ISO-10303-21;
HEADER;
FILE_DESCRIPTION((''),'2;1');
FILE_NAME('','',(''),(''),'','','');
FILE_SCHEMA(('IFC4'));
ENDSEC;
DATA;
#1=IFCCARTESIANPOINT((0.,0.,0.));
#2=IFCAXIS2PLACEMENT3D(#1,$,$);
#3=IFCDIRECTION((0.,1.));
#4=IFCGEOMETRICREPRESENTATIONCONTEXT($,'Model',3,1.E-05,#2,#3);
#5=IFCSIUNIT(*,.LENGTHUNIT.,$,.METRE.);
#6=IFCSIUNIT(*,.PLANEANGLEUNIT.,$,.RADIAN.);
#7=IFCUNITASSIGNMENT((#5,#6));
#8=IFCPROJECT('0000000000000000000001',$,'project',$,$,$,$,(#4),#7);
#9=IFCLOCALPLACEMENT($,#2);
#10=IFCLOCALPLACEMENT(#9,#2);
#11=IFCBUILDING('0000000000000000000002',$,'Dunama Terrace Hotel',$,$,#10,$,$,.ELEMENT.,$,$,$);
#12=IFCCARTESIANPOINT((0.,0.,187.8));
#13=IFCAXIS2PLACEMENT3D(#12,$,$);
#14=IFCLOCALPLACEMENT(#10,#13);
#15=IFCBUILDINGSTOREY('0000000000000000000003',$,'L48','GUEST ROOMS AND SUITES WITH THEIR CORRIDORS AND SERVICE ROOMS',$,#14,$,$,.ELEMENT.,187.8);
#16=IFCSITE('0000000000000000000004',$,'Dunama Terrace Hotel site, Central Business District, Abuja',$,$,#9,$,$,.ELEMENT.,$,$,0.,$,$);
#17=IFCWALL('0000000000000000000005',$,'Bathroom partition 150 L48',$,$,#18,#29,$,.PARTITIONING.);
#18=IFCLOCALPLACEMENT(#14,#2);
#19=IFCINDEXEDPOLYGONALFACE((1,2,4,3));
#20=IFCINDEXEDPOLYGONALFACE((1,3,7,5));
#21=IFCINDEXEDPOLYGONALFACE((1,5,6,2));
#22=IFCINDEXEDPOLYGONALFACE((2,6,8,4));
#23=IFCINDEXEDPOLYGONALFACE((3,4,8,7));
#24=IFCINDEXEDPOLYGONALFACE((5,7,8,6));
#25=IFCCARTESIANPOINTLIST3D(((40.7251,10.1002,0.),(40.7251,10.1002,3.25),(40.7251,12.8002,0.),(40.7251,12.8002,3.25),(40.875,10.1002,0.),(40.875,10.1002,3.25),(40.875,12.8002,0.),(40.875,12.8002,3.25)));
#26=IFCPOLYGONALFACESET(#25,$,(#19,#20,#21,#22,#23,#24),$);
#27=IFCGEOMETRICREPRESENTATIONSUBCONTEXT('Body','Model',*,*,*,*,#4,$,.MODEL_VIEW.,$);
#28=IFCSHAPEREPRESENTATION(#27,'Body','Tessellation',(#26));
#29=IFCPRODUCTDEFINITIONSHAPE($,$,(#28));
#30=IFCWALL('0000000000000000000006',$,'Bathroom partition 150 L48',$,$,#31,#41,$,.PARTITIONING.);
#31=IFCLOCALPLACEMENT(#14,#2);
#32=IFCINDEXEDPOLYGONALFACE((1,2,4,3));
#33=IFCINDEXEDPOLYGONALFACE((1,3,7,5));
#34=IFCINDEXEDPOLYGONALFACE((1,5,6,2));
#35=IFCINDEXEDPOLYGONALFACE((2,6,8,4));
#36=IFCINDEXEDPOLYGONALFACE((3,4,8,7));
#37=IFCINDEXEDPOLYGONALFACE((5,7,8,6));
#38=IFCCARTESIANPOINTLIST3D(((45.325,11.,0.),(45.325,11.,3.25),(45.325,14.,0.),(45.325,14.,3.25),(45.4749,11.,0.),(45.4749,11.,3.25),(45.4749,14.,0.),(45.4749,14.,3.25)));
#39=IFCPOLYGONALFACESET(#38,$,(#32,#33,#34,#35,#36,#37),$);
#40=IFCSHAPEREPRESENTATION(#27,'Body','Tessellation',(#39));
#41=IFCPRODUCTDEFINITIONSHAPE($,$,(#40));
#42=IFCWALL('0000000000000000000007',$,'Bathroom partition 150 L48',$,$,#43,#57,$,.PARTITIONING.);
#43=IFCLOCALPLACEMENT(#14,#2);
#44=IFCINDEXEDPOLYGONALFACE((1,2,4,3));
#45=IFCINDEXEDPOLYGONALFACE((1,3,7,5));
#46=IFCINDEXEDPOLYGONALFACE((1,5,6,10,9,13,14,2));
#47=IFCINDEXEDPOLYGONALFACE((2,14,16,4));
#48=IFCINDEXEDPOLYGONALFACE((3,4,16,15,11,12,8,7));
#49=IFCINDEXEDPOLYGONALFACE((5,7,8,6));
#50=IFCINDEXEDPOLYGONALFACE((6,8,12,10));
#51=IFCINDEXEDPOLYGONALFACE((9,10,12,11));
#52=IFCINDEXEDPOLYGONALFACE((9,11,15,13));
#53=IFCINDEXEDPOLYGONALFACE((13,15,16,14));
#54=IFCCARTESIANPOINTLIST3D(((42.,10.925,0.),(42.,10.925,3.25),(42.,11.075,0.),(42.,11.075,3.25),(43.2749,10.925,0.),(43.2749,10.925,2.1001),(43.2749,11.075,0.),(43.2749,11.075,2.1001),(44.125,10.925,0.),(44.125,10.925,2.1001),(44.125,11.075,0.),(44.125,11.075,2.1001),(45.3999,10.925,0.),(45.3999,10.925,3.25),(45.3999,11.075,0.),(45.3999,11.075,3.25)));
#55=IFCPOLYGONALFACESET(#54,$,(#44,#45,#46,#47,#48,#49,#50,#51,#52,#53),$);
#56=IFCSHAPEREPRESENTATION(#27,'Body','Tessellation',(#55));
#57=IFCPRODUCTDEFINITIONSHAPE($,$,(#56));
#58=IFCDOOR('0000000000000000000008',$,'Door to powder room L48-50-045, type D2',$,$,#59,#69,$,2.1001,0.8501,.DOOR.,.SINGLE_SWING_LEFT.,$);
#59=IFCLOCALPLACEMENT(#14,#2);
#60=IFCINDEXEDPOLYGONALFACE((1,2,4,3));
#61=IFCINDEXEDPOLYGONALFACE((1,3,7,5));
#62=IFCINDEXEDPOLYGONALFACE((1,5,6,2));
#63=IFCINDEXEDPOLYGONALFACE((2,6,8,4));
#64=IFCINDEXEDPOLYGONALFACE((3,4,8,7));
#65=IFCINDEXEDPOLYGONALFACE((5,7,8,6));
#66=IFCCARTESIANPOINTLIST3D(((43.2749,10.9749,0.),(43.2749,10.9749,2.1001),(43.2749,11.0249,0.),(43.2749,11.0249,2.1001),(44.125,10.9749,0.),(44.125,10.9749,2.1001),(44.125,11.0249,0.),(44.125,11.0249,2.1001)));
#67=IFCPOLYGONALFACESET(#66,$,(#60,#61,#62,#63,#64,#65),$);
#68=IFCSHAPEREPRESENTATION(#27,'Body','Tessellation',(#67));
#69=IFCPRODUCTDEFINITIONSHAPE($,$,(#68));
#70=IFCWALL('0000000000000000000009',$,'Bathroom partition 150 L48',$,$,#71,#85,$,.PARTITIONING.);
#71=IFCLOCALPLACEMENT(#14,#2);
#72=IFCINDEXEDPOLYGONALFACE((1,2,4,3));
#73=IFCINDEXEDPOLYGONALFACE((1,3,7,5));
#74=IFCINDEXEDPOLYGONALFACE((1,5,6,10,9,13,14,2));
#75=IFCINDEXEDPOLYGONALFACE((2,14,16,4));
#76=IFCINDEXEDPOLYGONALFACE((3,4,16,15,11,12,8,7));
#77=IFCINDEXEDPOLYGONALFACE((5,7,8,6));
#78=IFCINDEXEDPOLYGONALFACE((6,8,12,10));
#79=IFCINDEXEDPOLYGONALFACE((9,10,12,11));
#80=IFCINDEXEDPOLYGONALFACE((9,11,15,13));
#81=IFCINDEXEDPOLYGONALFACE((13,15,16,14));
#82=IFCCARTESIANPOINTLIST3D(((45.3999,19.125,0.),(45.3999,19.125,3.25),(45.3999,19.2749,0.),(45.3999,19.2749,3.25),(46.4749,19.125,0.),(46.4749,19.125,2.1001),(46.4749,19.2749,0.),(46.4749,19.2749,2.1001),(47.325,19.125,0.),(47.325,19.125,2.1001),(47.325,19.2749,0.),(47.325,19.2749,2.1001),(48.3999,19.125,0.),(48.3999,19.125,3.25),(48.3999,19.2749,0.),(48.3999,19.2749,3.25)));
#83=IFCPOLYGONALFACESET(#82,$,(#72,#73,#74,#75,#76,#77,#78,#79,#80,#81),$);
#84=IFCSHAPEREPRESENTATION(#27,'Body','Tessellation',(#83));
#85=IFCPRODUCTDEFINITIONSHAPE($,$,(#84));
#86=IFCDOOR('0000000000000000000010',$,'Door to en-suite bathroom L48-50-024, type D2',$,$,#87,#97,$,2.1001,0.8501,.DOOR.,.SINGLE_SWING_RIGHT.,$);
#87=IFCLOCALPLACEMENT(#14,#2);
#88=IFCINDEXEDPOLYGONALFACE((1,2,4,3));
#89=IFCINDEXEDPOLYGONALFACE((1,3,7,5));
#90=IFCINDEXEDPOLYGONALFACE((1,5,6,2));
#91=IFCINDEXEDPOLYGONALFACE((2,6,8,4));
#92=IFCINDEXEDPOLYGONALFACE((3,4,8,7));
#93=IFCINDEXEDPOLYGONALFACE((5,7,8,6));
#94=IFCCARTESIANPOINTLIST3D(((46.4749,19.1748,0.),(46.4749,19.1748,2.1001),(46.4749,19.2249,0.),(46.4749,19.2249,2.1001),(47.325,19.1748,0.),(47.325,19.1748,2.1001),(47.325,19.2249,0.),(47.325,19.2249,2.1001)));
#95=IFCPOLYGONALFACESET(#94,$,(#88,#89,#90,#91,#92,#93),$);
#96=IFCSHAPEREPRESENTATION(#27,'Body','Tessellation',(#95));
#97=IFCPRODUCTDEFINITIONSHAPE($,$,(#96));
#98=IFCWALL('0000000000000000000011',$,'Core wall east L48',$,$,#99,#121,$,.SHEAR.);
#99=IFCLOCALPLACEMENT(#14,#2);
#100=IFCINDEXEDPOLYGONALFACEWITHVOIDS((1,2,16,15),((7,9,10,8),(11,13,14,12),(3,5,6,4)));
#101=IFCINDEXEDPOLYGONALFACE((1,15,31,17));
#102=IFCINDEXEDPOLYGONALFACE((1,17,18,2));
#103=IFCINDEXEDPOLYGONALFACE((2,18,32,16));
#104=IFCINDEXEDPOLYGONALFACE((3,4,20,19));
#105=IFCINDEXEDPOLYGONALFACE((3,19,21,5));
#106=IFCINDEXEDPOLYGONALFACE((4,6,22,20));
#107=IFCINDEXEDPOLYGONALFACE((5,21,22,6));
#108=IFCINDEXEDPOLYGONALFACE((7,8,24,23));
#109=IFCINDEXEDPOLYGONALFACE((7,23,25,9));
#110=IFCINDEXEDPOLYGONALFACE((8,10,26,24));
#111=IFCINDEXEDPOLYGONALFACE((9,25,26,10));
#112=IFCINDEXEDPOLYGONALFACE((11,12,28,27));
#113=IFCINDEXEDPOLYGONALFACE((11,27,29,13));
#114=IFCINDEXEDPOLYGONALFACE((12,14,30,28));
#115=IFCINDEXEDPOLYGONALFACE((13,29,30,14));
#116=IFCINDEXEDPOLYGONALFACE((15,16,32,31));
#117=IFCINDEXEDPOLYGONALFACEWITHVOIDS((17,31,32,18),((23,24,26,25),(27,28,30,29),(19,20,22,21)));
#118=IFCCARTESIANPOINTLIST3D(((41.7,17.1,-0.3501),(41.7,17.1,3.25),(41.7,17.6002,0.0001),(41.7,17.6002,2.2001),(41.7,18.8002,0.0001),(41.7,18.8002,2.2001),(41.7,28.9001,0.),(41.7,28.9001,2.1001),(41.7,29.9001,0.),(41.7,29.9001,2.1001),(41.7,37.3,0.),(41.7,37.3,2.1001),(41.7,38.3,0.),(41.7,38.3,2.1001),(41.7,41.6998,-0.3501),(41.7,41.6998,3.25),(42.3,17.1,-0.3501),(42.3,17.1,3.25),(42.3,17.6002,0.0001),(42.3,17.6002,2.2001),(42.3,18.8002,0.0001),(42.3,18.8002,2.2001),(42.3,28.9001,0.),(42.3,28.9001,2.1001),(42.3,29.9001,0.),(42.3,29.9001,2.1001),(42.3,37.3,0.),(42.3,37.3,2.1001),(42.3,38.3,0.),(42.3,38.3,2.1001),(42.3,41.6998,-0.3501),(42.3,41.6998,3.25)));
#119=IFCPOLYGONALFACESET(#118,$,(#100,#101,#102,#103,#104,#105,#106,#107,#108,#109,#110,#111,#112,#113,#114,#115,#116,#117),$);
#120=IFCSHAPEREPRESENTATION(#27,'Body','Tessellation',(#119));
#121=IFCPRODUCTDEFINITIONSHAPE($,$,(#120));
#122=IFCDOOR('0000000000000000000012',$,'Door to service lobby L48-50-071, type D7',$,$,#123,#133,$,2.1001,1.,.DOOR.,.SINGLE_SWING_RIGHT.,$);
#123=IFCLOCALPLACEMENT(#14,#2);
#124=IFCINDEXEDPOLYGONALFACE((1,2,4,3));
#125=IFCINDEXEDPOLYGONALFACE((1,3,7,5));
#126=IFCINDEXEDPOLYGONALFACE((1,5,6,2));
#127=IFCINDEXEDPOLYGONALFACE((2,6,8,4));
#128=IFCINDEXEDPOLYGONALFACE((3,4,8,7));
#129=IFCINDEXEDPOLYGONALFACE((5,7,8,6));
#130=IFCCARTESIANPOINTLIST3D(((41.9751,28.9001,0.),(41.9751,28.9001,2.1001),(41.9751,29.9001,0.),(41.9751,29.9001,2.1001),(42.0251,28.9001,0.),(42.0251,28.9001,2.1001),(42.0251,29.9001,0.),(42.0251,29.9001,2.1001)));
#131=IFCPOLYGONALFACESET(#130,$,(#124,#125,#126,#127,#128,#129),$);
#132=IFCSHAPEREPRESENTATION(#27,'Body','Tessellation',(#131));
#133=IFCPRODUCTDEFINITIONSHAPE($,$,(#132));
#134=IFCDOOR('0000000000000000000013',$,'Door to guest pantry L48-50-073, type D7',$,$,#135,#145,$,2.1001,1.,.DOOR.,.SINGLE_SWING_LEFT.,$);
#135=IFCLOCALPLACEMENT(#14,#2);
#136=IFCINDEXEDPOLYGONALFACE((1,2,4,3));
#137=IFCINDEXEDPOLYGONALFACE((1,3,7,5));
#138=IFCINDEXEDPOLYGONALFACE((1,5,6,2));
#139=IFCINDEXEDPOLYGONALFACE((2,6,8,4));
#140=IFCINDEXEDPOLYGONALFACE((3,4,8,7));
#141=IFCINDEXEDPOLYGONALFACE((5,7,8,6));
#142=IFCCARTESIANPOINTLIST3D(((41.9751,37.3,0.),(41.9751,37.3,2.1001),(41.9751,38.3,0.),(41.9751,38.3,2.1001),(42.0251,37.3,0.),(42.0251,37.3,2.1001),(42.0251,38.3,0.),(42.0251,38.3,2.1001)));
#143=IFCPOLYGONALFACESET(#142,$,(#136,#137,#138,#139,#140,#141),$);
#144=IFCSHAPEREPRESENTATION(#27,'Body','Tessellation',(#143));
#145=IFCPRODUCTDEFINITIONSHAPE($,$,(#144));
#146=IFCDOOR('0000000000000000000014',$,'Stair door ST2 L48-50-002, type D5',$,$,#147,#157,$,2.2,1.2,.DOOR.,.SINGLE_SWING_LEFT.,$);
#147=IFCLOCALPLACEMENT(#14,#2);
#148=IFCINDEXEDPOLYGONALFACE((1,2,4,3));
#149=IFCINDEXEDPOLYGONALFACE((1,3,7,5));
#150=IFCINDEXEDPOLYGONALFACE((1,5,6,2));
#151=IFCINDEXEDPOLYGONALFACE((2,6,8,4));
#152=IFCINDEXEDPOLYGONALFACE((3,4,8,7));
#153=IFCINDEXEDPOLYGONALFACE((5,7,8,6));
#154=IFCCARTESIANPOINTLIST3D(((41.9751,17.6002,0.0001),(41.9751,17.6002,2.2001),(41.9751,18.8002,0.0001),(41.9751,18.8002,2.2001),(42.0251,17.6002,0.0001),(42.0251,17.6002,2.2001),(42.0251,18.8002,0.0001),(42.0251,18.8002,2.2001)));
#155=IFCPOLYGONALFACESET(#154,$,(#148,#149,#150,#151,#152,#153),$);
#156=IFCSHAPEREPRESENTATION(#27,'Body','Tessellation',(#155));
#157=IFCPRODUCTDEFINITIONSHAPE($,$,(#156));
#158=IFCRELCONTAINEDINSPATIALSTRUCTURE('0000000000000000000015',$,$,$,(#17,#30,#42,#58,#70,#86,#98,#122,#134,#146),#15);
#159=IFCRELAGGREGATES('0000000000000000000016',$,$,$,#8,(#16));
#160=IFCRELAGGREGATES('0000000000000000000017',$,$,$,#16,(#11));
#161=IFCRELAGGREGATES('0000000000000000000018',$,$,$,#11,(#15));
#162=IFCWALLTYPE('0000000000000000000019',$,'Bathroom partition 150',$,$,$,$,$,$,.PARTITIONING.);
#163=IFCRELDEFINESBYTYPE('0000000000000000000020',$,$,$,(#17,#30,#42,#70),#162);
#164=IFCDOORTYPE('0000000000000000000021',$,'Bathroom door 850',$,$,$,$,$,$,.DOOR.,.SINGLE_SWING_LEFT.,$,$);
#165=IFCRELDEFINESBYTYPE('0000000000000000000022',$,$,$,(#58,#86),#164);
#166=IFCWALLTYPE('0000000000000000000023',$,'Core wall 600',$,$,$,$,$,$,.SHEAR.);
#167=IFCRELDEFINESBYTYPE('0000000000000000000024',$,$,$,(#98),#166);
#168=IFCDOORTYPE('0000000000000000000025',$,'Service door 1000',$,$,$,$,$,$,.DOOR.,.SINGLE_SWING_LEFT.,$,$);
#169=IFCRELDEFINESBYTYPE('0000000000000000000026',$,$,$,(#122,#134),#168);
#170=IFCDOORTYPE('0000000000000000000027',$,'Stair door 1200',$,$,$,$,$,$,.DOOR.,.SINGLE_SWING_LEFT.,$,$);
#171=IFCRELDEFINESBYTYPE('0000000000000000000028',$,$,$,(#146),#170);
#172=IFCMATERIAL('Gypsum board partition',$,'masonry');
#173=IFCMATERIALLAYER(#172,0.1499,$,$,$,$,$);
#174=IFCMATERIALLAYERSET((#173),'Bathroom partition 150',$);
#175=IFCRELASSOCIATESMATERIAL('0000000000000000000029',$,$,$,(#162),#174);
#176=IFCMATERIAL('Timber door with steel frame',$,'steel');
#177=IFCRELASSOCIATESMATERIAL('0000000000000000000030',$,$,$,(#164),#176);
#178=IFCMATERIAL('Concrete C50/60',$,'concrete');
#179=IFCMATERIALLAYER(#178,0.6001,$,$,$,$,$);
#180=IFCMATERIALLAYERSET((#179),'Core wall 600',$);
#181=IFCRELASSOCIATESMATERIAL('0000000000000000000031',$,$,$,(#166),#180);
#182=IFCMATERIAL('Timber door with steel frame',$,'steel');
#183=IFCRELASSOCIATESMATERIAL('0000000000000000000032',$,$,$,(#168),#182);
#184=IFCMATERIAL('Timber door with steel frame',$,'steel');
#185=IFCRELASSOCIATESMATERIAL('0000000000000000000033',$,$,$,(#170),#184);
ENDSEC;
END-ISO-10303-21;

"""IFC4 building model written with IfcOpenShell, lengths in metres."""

from ifc_helpers import new_model, si_unit, direction, frame, frame_2d, origin, place, context, subcontext, project, spatial, rectangle, extrude, material, layer, layer_set, type_object, element, fill, save


model = new_model("IFC4")

# Units and contexts
model_context = context("Model", 3, precision=1e-05, world=origin(), true_north=direction((0.0, 1.0)))
body_context = subcontext(model_context, "Body", "Model", "MODEL_VIEW")
ifc_project = project(units=[si_unit("LENGTHUNIT", "METRE"), si_unit("PLANEANGLEUNIT", "RADIAN")], contexts=[model_context])

# Site, building, storey
site_placement = place(None, origin())
site = spatial("IfcSite", under=ifc_project, at=site_placement, Name="Dunama Terrace Hotel site, Central Business District, Abuja", CompositionType="ELEMENT", RefElevation=0.0)
building_placement = place(site_placement, origin())
building = spatial("IfcBuilding", under=site, at=building_placement, Name="Dunama Terrace Hotel", CompositionType="ELEMENT")
storey_placement = place(building_placement, frame((0.0, 0.0, 187.8)))
storey = spatial("IfcBuildingStorey", under=building, at=storey_placement, Name="L48", Description="GUEST ROOMS AND SUITES WITH THEIR CORRIDORS AND SERVICE ROOMS", CompositionType="ELEMENT", Elevation=187.8)

# Walls
ifc_material_1 = material(Name="Gypsum board partition", Category="masonry")
ifc_layer_1 = layer(ifc_material_1, 0.1499)
ifc_layer_set_1 = layer_set([ifc_layer_1], Name="Bathroom partition 150")
wall_type_1 = type_object("IfcWallType", Name="Bathroom partition 150", PredefinedType="PARTITIONING", material=ifc_layer_set_1)
wall_1_placement = place(storey_placement, frame((40.8, 10.1001, 0.0), z_axis=(0.0, 0.0, 1.0), x_axis=(0.0, 1.0, 0.0)))
element("IfcWall", 1, at=wall_1_placement, inside=storey, type_object=wall_type_1, Name="Bathroom partition 150 L48", PredefinedType="PARTITIONING", context=body_context, shape_type="SweptSolid", body=[
    extrude(rectangle(XDim=2.7, YDim=0.1499, at=frame_2d((1.3501, 0.0))), origin(), (0.0, 0.0, 1.0), 3.25),
])
wall_2_placement = place(storey_placement, frame((45.3999, 11.0, 0.0), z_axis=(0.0, 0.0, 1.0), x_axis=(0.0, 1.0, 0.0)))
element("IfcWall", 2, at=wall_2_placement, inside=storey, type_object=wall_type_1, Name="Bathroom partition 150 L48", PredefinedType="PARTITIONING", context=body_context, shape_type="SweptSolid", body=[
    extrude(rectangle(XDim=3.0, YDim=0.1499, at=frame_2d((1.5, 0.0))), origin(), (0.0, 0.0, 1.0), 3.25),
])

# Walls, openings, doors
wall_3_placement = place(storey_placement, frame((42.0, 11.0, 0.0), z_axis=(0.0, 0.0, 1.0), x_axis=(1.0, 0.0, 0.0)))
wall_3 = element("IfcWall", 3, at=wall_3_placement, inside=storey, type_object=wall_type_1, Name="Bathroom partition 150 L48", PredefinedType="PARTITIONING", context=body_context, shape_type="SweptSolid", body=[
    extrude(rectangle(XDim=3.3999, YDim=0.1499, at=frame_2d((1.7, 0.0))), origin(), (0.0, 0.0, 1.0), 3.25),
])
opening_1_placement = place(wall_3_placement, frame((1.2749, 0.0, 0.0)))
opening_1 = element("IfcOpeningElement", 4, at=opening_1_placement, cuts=wall_3, PredefinedType="OPENING", context=body_context, shape_type="SweptSolid", body=[
    extrude(rectangle(XDim=0.8501, YDim=2.1001, at=frame_2d((0.425, 1.05))), frame((0.0, 0.085, 0.0), z_axis=(0.0, -1.0, 0.0), x_axis=(1.0, 0.0, 0.0)), (0.0, 0.0, 1.0), 0.1699),
])
ifc_material_2 = material(Name="Timber door with steel frame", Category="steel")
door_type_1 = type_object("IfcDoorType", Name="Bathroom door 850", OperationType="SINGLE_SWING_LEFT", PredefinedType="DOOR", material=ifc_material_2)
door_1_placement = place(opening_1_placement, origin())
door_1 = element("IfcDoor", 5, at=door_1_placement, inside=storey, type_object=door_type_1, Name="Door to powder room L48-50-045, type D2", OperationType="SINGLE_SWING_LEFT", OverallHeight=2.1001, OverallWidth=0.8501, PredefinedType="DOOR", context=body_context, shape_type="SweptSolid", body=[
    extrude(rectangle(XDim=0.8501, YDim=2.1001, at=frame_2d((0.425, 1.05))), frame((0.0, 0.0249, 0.0), z_axis=(0.0, -1.0, 0.0), x_axis=(1.0, 0.0, 0.0)), (0.0, 0.0, 1.0), 0.05),
])
fill(opening_1, door_1)
wall_4_placement = place(storey_placement, frame((45.3999, 19.2, 0.0), z_axis=(0.0, 0.0, 1.0), x_axis=(1.0, 0.0, 0.0)))
wall_4 = element("IfcWall", 6, at=wall_4_placement, inside=storey, type_object=wall_type_1, Name="Bathroom partition 150 L48", PredefinedType="PARTITIONING", context=body_context, shape_type="SweptSolid", body=[
    extrude(rectangle(XDim=3.0, YDim=0.1499, at=frame_2d((1.5, 0.0))), origin(), (0.0, 0.0, 1.0), 3.25),
])
opening_2_placement = place(wall_4_placement, frame((1.075, 0.0, 0.0)))
opening_2 = element("IfcOpeningElement", 7, at=opening_2_placement, cuts=wall_4, PredefinedType="OPENING", context=body_context, shape_type="SweptSolid", body=[
    extrude(rectangle(XDim=0.8501, YDim=2.1001, at=frame_2d((0.425, 1.05))), frame((0.0, 0.085, 0.0), z_axis=(0.0, -1.0, 0.0), x_axis=(1.0, 0.0, 0.0)), (0.0, 0.0, 1.0), 0.1699),
])
door_2_placement = place(opening_2_placement, frame((0.8501, 0.0, 0.0), z_axis=(0.0, 0.0, 1.0), x_axis=(-1.0, 0.0, 0.0)))
door_2 = element("IfcDoor", 8, at=door_2_placement, inside=storey, type_object=door_type_1, Name="Door to en-suite bathroom L48-50-024, type D2", OperationType="SINGLE_SWING_RIGHT", OverallHeight=2.1001, OverallWidth=0.8501, PredefinedType="DOOR", context=body_context, shape_type="SweptSolid", body=[
    extrude(rectangle(XDim=0.8501, YDim=2.1001, at=frame_2d((0.425, 1.05))), frame((0.0, 0.0251, 0.0), z_axis=(0.0, -1.0, 0.0), x_axis=(1.0, 0.0, 0.0)), (0.0, 0.0, 1.0), 0.05),
])
fill(opening_2, door_2)

# Wall, openings, doors
ifc_material_3 = material(Name="Concrete C50/60", Category="concrete")
ifc_layer_2 = layer(ifc_material_3, 0.6001)
ifc_layer_set_2 = layer_set([ifc_layer_2], Name="Core wall 600")
wall_type_2 = type_object("IfcWallType", Name="Core wall 600", PredefinedType="SHEAR", material=ifc_layer_set_2)
wall_5_placement = place(storey_placement, frame((42.0, 17.1001, -0.3501), z_axis=(0.0, 0.0, 1.0), x_axis=(0.0, 1.0, 0.0)))
wall_5 = element("IfcWall", 9, at=wall_5_placement, inside=storey, type_object=wall_type_2, Name="Core wall east L48", PredefinedType="SHEAR", context=body_context, shape_type="SweptSolid", body=[
    extrude(rectangle(XDim=24.5999, YDim=0.6001, at=frame_2d((12.2998, 0.0))), origin(), (0.0, 0.0, 1.0), 3.6001),
])
opening_3_placement = place(wall_5_placement, frame((0.5, 0.0, 0.3501)))
opening_3 = element("IfcOpeningElement", 10, at=opening_3_placement, cuts=wall_5, PredefinedType="OPENING", context=body_context, shape_type="SweptSolid", body=[
    extrude(rectangle(XDim=1.2, YDim=2.2, at=frame_2d((0.6001, 1.1001))), frame((0.0, 0.3101, 0.0), z_axis=(0.0, -1.0, 0.0), x_axis=(1.0, 0.0, 0.0)), (0.0, 0.0, 1.0), 0.6201),
])
opening_4_placement = place(wall_5_placement, frame((11.8, 0.0, 0.3501)))
opening_4 = element("IfcOpeningElement", 11, at=opening_4_placement, cuts=wall_5, PredefinedType="OPENING", context=body_context, shape_type="SweptSolid", body=[
    extrude(rectangle(XDim=1.0, YDim=2.1001, at=frame_2d((0.5, 1.05))), frame((0.0, 0.3101, 0.0), z_axis=(0.0, -1.0, 0.0), x_axis=(1.0, 0.0, 0.0)), (0.0, 0.0, 1.0), 0.6201),
])
opening_5_placement = place(wall_5_placement, frame((20.2, 0.0, 0.3501)))
opening_5 = element("IfcOpeningElement", 12, at=opening_5_placement, cuts=wall_5, PredefinedType="OPENING", context=body_context, shape_type="SweptSolid", body=[
    extrude(rectangle(XDim=1.0, YDim=2.1001, at=frame_2d((0.5, 1.05))), frame((0.0, 0.3101, 0.0), z_axis=(0.0, -1.0, 0.0), x_axis=(1.0, 0.0, 0.0)), (0.0, 0.0, 1.0), 0.6201),
])
ifc_material_4 = material(Name="Timber door with steel frame", Category="steel")
door_type_2 = type_object("IfcDoorType", Name="Service door 1000", OperationType="SINGLE_SWING_LEFT", PredefinedType="DOOR", material=ifc_material_4)
door_3_placement = place(opening_4_placement, origin())
door_3 = element("IfcDoor", 13, at=door_3_placement, inside=storey, type_object=door_type_2, Name="Door to service lobby L48-50-071, type D7", OperationType="SINGLE_SWING_RIGHT", OverallHeight=2.1001, OverallWidth=1.0, PredefinedType="DOOR", context=body_context, shape_type="SweptSolid", body=[
    extrude(rectangle(XDim=1.0, YDim=2.1001, at=frame_2d((0.5, 1.05))), frame((0.0, 0.0249, 0.0), z_axis=(0.0, -1.0, 0.0), x_axis=(1.0, 0.0, 0.0)), (0.0, 0.0, 1.0), 0.05),
])
fill(opening_4, door_3)
door_4_placement = place(opening_5_placement, origin())
door_4 = element("IfcDoor", 14, at=door_4_placement, inside=storey, type_object=door_type_2, Name="Door to guest pantry L48-50-073, type D7", OperationType="SINGLE_SWING_LEFT", OverallHeight=2.1001, OverallWidth=1.0, PredefinedType="DOOR", context=body_context, shape_type="SweptSolid", body=[
    extrude(rectangle(XDim=1.0, YDim=2.1001, at=frame_2d((0.5, 1.05))), frame((0.0, 0.0249, 0.0), z_axis=(0.0, -1.0, 0.0), x_axis=(1.0, 0.0, 0.0)), (0.0, 0.0, 1.0), 0.05),
])
fill(opening_5, door_4)
ifc_material_5 = material(Name="Timber door with steel frame", Category="steel")
door_type_3 = type_object("IfcDoorType", Name="Stair door 1200", OperationType="SINGLE_SWING_LEFT", PredefinedType="DOOR", material=ifc_material_5)
door_5_placement = place(opening_3_placement, origin())
door_5 = element("IfcDoor", 15, at=door_5_placement, inside=storey, type_object=door_type_3, Name="Stair door ST2 L48-50-002, type D5", OperationType="SINGLE_SWING_LEFT", OverallHeight=2.2, OverallWidth=1.2, PredefinedType="DOOR", context=body_context, shape_type="SweptSolid", body=[
    extrude(rectangle(XDim=1.2, YDim=2.2, at=frame_2d((0.6001, 1.1001))), frame((0.0, 0.0249, 0.0), z_axis=(0.0, -1.0, 0.0), x_axis=(1.0, 0.0, 0.0)), (0.0, 0.0, 1.0), 0.05),
])
fill(opening_3, door_5)

save(model, "model.ifc")
